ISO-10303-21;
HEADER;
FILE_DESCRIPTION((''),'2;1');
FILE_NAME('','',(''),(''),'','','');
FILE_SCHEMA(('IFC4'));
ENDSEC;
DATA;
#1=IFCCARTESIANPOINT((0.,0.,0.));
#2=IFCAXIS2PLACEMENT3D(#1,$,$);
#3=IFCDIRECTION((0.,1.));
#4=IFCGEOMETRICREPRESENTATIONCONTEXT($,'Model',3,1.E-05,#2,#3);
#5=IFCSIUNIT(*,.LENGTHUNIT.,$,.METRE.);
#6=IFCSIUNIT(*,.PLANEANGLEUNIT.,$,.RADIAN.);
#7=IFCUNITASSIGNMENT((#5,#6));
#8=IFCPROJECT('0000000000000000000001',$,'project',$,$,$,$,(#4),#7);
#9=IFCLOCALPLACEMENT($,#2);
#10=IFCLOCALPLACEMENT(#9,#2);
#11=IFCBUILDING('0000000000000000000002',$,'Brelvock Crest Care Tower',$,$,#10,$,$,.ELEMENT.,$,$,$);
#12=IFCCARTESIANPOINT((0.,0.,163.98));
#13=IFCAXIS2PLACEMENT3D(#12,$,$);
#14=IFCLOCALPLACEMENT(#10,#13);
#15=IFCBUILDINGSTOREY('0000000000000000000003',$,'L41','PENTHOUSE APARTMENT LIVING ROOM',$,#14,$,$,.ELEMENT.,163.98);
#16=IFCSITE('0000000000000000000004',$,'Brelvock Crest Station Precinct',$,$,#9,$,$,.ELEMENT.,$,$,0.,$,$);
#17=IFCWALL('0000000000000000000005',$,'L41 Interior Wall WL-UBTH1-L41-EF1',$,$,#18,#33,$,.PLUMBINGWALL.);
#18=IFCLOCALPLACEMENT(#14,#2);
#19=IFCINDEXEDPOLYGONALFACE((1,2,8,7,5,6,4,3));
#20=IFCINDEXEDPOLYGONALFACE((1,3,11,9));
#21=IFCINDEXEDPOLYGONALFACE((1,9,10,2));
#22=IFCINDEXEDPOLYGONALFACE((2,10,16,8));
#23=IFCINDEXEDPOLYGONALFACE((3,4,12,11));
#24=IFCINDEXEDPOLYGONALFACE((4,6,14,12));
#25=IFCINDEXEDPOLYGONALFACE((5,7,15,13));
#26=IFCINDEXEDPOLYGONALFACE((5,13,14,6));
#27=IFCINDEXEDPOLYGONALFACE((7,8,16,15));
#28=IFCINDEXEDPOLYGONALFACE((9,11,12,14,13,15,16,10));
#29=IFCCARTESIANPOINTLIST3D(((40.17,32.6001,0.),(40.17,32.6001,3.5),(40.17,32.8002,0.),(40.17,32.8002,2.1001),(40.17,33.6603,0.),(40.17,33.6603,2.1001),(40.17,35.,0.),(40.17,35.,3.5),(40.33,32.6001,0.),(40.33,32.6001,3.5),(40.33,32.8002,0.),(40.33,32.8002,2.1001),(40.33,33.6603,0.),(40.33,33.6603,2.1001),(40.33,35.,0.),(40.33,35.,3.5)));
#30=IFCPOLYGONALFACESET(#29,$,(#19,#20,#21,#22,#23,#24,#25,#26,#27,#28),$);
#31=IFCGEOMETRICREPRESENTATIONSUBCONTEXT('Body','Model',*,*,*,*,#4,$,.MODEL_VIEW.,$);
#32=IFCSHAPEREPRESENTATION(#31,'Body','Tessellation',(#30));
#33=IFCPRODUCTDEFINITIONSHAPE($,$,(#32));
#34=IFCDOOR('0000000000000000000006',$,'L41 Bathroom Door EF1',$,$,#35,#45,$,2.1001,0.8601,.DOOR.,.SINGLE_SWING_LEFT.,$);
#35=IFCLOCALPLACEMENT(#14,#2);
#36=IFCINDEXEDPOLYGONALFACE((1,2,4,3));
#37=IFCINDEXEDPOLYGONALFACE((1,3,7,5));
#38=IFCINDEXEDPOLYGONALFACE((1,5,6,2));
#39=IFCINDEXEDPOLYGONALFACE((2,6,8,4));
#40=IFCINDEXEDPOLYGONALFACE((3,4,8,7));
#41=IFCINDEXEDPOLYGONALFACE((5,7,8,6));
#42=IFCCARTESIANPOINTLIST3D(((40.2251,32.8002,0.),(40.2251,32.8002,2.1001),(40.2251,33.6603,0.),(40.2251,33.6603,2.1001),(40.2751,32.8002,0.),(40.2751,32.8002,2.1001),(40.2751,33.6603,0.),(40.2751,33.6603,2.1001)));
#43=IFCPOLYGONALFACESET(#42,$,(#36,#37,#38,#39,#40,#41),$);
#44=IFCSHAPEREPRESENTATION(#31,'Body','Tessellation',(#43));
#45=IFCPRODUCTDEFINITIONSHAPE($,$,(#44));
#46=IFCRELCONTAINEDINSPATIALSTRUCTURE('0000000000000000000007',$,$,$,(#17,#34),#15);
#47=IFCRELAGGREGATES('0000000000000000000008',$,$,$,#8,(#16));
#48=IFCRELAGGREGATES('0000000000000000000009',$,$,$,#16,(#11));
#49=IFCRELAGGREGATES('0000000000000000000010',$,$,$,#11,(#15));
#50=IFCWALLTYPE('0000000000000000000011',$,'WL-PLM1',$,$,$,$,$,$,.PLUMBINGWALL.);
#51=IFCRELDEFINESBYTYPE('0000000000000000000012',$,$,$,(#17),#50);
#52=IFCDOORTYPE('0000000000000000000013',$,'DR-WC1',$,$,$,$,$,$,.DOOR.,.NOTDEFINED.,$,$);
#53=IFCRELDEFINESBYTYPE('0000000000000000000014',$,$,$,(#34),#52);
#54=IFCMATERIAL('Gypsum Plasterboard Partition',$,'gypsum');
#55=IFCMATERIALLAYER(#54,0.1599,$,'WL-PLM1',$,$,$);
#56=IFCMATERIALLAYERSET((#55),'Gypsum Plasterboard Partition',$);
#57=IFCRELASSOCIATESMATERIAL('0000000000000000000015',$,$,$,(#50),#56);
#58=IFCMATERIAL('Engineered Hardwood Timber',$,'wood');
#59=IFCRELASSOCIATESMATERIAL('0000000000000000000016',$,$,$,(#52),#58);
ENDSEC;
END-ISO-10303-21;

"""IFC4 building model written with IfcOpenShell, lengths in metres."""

from ifc_helpers import new_model, si_unit, direction, frame, frame_2d, origin, origin_2d, place, context, subcontext, project, spatial, rectangle, extrude, source, transform, mapped, material, layer, layer_set, type_object, element, fill, save


model = new_model("IFC4")

# Units and contexts
model_context = context("Model", 3, precision=1e-05, world=origin(), true_north=direction((0.0, 1.0)))
body_context = subcontext(model_context, "Body", "Model", "MODEL_VIEW")
ifc_project = project(units=[si_unit("LENGTHUNIT", "METRE"), si_unit("PLANEANGLEUNIT", "RADIAN")], contexts=[model_context])

# Site, building, storey
site_placement = place(None, origin())
site = spatial("IfcSite", under=ifc_project, at=site_placement, Name="Brelvock Crest Station Precinct", CompositionType="ELEMENT", RefElevation=0.0)
building_placement = place(site_placement, origin())
building = spatial("IfcBuilding", under=site, at=building_placement, Name="Brelvock Crest Care Tower", CompositionType="ELEMENT")
storey_placement = place(building_placement, frame((0.0, 0.0, 163.98)))
storey = spatial("IfcBuildingStorey", under=building, at=storey_placement, Name="L41", Description="PENTHOUSE APARTMENT LIVING ROOM", CompositionType="ELEMENT", Elevation=163.98)

# Shared definitions
ifc_material_1 = material(Name="Engineered Hardwood Timber", Category="wood")

# Shared definitions
ifc_material_2 = material(Name="Gypsum Plasterboard Partition", Category="gypsum")
ifc_layer_1 = layer(ifc_material_2, 0.1599, Name="WL-PLM1")
ifc_layer_set_1 = layer_set([ifc_layer_1], Name="Gypsum Plasterboard Partition")
wall_type_1 = type_object("IfcWallType", Name="WL-PLM1", PredefinedType="PLUMBINGWALL", material=ifc_layer_set_1)

# Wall, opening, door
wall_1_placement = place(storey_placement, frame((40.25, 32.6001, 0.0), z_axis=(0.0, 0.0, 1.0), x_axis=(0.0, 1.0, 0.0)))
wall_1 = element("IfcWall", 1, at=wall_1_placement, inside=storey, type_object=wall_type_1, Name="L41 Interior Wall WL-UBTH1-L41-EF1", PredefinedType="PLUMBINGWALL", context=body_context, shape_type="SweptSolid", body=[
    extrude(rectangle(XDim=2.3999, YDim=0.1599, at=frame_2d((1.2, 0.0))), origin(), (0.0, 0.0, 1.0), 3.5),
])
opening_1_placement = place(wall_1_placement, frame((0.2, 0.0, 0.0)))
opening_1 = element("IfcOpeningElement", 2, at=opening_1_placement, cuts=wall_1, PredefinedType="OPENING", context=body_context, shape_type="SweptSolid", body=[
    extrude(rectangle(XDim=0.8601, YDim=2.1001, at=origin_2d()), frame((0.4302, 0.0898, 1.05), z_axis=(0.0, -1.0, 0.0), x_axis=(1.0, 0.0, 0.0)), (0.0, 0.0, 1.0), 0.1799),
])
door_type_1 = type_object("IfcDoorType", Name="DR-WC1", OperationType="NOTDEFINED", PredefinedType="DOOR", material=ifc_material_1)
shared_shape_1 = source(origin(), body_context, "Body", "SweptSolid", [
    extrude(rectangle(XDim=0.8601, YDim=2.1001, at=origin_2d()), frame((0.4302, 0.0249, 1.05), z_axis=(0.0, -1.0, 0.0), x_axis=(1.0, 0.0, 0.0)), (0.0, 0.0, 1.0), 0.05),
])
door_1_placement = place(opening_1_placement, origin())
door_1 = element("IfcDoor", 3, at=door_1_placement, inside=storey, type_object=door_type_1, Name="L41 Bathroom Door EF1", OperationType="SINGLE_SWING_LEFT", OverallHeight=2.1001, OverallWidth=0.8601, PredefinedType="DOOR", context=body_context, shape_type="MappedRepresentation", body=[
    mapped(shared_shape_1, transform((0.0, 0.0, 0.0), x_axis=(1.0, 0.0, 0.0), y_axis=(0.0, 1.0, 0.0), z_axis=(0.0, 0.0, 1.0), scale=1.0)),
])
fill(opening_1, door_1)

save(model, "model.ifc")
